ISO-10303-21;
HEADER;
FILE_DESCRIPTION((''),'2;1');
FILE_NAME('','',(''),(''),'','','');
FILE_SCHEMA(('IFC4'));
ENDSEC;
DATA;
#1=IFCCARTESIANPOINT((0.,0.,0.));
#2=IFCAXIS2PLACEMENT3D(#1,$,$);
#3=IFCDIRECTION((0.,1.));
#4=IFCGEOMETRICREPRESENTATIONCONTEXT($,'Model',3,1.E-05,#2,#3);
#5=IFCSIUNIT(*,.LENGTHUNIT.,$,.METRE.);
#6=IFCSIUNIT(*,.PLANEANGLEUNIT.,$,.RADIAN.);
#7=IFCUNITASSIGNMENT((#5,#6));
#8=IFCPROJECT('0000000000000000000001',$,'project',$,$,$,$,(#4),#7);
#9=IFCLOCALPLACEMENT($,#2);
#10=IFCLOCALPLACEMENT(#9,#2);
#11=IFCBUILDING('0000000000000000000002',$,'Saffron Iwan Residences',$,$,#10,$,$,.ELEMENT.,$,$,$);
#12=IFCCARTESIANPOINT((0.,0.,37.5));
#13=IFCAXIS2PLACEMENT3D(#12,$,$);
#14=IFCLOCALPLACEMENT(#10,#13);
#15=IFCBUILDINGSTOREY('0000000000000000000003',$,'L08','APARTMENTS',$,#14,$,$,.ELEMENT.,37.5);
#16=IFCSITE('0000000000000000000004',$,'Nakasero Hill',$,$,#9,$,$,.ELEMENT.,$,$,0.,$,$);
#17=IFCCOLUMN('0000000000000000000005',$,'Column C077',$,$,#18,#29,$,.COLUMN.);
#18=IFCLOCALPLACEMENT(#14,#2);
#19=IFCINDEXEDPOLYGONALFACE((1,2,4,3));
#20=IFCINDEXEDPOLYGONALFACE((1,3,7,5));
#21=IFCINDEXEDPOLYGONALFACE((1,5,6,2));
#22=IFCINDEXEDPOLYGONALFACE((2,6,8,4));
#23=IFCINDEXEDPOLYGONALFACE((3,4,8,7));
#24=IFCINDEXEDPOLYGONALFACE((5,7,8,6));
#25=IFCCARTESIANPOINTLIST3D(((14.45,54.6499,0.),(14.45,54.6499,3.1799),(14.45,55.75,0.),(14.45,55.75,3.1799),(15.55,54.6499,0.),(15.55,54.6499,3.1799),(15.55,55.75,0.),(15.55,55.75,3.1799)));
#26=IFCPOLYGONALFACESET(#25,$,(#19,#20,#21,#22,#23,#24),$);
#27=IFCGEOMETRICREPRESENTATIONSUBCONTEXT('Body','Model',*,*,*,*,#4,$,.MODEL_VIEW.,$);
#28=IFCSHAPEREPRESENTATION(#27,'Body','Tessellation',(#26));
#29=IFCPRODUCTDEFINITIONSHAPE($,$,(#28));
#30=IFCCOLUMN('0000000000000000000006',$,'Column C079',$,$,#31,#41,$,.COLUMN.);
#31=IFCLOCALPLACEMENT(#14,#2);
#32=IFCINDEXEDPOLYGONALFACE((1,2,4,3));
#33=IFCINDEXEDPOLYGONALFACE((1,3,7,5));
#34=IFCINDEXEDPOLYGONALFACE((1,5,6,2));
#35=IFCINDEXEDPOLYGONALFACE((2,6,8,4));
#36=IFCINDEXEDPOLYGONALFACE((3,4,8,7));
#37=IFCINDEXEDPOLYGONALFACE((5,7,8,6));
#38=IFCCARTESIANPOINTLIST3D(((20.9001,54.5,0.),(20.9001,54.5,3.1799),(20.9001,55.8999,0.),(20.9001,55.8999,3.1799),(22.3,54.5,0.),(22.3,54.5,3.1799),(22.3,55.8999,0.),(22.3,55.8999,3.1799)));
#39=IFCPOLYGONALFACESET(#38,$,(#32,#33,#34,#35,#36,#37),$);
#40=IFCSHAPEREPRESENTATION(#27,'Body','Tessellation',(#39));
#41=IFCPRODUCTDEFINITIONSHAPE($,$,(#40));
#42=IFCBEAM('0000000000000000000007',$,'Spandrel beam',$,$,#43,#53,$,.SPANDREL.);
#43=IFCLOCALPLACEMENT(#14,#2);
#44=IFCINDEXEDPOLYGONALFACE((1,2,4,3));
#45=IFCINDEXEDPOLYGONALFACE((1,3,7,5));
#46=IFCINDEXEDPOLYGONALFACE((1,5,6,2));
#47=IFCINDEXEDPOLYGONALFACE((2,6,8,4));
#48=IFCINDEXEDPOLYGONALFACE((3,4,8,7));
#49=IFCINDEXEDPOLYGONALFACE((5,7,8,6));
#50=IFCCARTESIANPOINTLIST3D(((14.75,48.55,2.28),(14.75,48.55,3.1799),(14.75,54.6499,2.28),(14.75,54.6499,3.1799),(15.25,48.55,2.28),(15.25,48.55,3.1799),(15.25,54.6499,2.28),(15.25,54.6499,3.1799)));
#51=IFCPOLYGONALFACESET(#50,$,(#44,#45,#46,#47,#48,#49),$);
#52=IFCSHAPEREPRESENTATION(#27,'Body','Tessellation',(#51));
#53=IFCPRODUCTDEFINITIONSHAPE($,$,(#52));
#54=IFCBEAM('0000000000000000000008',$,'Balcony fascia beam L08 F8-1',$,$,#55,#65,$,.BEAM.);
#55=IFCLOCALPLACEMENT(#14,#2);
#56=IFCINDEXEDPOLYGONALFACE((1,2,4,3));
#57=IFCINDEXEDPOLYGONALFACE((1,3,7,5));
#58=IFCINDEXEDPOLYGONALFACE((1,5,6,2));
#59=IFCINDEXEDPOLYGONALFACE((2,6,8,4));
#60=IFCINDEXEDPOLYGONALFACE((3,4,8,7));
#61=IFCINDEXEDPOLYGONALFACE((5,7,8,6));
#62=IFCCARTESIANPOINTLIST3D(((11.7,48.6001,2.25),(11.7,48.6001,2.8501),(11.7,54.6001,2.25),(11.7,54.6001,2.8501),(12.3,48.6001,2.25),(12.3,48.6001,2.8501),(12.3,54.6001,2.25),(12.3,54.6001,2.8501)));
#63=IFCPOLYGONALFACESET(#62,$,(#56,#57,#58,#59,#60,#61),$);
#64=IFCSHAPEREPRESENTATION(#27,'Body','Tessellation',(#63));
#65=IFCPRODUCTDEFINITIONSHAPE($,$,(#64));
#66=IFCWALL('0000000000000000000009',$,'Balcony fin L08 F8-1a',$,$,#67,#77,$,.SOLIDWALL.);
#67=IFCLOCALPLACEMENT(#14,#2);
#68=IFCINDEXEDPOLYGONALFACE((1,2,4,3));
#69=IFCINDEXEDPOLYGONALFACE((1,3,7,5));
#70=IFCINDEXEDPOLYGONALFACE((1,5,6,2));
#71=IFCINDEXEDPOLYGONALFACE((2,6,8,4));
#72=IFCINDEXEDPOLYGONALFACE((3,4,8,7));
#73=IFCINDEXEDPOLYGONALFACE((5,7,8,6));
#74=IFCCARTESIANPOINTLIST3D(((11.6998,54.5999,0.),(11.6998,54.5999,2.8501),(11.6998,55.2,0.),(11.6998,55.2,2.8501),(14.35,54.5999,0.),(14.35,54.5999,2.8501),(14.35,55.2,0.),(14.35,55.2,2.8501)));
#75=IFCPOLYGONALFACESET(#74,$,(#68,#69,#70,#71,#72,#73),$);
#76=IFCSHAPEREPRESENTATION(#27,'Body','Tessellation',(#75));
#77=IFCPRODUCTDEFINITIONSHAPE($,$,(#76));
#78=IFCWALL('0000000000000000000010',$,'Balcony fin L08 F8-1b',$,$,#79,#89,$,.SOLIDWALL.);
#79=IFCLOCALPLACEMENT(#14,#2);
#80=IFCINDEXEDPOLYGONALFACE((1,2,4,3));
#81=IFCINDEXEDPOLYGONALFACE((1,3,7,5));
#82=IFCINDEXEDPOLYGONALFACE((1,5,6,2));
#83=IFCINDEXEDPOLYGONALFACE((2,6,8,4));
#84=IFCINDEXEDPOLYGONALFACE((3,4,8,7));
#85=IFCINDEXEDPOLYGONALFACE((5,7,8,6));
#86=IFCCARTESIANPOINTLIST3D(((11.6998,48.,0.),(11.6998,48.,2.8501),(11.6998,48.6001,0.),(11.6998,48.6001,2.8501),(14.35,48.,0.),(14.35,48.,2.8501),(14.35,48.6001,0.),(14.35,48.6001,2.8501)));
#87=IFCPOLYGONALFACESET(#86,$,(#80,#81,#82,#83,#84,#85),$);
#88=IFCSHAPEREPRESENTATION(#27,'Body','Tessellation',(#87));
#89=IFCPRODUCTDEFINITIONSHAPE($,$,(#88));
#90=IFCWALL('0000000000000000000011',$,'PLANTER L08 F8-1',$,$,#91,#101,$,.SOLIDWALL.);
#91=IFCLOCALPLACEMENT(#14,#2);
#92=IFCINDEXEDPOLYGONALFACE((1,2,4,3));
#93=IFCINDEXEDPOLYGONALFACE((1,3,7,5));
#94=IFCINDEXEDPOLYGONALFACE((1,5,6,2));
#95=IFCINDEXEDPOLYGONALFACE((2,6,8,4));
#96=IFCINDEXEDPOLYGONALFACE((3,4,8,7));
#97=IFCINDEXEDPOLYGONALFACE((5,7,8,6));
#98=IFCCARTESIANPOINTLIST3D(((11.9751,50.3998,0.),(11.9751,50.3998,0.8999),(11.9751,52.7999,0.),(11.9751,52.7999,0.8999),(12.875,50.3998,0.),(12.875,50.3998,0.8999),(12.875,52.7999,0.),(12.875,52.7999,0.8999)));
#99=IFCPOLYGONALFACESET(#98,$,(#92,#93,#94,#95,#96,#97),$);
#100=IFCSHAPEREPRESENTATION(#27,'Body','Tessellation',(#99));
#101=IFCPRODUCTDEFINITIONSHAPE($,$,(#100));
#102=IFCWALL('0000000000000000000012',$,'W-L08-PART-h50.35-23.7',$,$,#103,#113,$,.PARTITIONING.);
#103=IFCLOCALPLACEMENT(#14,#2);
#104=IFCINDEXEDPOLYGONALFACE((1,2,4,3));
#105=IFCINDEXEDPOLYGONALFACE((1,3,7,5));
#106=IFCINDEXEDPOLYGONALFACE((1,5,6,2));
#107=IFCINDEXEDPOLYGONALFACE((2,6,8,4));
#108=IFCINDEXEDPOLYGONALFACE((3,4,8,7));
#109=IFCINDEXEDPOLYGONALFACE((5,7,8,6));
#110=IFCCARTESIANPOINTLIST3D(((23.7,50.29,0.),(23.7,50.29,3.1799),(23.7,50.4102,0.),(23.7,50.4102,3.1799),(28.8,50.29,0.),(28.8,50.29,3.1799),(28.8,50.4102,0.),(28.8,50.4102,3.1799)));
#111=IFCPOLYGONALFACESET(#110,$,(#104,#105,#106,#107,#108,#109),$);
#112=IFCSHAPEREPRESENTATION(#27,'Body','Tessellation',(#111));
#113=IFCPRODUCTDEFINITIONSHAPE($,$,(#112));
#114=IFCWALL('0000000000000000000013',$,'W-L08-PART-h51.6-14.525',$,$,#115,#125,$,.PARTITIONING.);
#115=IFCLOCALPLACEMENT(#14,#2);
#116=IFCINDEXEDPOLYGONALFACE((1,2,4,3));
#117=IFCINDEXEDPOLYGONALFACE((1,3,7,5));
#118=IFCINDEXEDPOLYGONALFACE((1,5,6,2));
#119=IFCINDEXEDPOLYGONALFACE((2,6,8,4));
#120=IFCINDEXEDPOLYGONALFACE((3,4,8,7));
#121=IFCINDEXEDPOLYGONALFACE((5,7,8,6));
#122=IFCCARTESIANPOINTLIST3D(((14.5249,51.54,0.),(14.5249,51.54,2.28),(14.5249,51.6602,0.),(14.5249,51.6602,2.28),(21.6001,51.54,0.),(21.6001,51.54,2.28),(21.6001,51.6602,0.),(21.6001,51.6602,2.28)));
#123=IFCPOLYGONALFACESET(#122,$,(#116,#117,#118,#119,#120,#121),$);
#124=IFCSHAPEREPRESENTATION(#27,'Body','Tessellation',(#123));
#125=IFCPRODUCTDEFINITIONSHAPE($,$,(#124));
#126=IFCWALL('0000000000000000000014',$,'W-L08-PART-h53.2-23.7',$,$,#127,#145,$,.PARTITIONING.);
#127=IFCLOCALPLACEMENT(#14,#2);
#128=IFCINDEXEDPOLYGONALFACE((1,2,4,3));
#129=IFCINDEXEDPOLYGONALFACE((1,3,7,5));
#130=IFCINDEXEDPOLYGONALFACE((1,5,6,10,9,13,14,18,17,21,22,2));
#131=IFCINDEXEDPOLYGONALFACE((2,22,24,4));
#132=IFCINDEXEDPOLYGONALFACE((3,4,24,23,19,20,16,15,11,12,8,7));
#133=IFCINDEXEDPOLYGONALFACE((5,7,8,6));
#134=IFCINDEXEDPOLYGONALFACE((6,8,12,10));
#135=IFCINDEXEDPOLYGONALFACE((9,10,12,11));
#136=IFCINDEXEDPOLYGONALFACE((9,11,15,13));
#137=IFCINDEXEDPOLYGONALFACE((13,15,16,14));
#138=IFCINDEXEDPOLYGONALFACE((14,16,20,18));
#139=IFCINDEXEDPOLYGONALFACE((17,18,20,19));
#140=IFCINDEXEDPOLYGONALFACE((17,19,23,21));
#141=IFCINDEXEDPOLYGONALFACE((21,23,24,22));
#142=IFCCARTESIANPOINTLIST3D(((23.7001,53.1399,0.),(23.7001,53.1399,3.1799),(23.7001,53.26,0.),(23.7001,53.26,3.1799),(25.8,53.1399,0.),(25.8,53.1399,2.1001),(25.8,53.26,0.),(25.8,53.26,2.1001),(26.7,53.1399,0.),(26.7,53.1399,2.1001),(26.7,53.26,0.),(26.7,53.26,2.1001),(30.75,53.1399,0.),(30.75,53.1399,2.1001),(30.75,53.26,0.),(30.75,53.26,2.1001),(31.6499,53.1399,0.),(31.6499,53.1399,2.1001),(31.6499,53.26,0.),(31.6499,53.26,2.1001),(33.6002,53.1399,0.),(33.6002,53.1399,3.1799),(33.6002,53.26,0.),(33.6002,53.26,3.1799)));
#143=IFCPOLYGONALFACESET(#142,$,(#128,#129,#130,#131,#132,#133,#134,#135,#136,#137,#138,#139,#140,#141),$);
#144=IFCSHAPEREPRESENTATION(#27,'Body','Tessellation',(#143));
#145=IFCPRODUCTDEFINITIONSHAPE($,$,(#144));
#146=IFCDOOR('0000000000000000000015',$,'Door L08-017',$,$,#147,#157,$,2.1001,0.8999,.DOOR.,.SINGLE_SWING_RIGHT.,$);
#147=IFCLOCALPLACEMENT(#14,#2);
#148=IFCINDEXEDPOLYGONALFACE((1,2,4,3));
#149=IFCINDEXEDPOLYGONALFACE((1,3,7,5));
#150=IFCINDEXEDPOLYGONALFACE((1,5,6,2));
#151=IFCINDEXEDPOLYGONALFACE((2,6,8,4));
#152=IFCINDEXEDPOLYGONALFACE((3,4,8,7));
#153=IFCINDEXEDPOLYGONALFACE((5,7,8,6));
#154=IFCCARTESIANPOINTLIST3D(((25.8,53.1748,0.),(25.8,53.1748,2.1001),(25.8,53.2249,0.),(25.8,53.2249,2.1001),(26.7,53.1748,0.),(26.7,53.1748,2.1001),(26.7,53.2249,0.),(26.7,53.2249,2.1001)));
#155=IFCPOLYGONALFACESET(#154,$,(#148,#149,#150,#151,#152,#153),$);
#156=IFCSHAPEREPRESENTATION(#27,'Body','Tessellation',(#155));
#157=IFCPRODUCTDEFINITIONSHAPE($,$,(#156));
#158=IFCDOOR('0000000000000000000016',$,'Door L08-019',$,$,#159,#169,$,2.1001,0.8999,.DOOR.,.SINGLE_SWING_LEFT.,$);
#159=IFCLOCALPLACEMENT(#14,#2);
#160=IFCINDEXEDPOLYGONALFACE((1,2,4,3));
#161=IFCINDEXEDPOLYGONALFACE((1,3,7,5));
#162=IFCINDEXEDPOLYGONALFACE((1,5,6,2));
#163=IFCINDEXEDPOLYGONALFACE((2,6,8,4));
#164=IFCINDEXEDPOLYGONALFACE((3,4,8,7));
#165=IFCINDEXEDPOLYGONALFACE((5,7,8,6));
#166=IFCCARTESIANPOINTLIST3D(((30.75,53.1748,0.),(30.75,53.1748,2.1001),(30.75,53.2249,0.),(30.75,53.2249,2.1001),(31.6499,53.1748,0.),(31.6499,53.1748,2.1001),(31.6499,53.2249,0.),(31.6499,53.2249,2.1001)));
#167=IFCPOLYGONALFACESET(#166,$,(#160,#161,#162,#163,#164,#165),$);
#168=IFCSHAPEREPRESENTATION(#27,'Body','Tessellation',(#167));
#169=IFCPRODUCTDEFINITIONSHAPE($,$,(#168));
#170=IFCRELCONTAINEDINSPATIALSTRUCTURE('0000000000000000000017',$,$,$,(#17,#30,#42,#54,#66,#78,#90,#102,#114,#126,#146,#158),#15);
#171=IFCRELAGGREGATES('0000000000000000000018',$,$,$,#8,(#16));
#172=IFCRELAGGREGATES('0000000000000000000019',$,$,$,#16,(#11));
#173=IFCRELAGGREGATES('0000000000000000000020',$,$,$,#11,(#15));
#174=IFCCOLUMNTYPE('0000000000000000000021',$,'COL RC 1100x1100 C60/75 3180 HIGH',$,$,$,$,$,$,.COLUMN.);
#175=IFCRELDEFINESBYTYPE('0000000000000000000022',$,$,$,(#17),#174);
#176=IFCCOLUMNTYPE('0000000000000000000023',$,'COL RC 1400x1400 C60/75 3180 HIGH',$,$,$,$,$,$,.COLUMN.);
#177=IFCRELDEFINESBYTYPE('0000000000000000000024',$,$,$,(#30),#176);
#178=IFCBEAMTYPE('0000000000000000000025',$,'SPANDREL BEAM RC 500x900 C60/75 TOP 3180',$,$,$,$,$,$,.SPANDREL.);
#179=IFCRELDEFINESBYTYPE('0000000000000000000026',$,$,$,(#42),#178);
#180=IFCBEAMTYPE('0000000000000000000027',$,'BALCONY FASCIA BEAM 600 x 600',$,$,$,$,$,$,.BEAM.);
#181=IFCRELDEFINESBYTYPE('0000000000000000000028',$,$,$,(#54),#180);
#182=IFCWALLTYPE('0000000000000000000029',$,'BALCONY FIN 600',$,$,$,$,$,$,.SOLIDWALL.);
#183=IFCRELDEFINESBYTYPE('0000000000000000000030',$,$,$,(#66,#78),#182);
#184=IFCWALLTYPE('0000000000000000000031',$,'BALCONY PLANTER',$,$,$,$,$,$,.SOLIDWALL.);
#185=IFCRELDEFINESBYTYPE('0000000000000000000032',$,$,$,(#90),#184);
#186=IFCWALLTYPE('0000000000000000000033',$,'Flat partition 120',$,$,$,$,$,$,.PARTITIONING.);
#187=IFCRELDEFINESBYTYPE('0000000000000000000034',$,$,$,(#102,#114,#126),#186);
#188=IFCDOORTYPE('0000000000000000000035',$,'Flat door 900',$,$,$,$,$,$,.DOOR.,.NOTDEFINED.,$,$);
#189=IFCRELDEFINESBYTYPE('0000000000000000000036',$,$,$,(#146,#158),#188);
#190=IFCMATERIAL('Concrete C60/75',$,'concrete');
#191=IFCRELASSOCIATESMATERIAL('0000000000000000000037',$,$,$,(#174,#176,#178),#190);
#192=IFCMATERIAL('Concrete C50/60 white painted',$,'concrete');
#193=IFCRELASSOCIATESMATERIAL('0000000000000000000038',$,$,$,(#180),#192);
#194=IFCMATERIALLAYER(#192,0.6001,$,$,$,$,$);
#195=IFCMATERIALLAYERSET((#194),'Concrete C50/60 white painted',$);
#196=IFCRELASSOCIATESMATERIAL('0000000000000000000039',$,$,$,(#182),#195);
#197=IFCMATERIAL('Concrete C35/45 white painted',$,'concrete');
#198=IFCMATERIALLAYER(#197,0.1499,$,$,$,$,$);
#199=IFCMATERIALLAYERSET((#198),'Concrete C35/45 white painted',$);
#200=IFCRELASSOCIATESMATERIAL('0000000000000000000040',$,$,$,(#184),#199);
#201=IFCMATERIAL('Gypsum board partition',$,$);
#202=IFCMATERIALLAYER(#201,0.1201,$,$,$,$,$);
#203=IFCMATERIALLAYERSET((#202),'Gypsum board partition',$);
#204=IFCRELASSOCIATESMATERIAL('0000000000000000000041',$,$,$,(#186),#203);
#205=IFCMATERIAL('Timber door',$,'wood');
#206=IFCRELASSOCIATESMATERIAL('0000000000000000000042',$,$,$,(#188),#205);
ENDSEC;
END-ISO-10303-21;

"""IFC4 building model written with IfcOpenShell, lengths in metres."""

from ifc_helpers import new_model, si_unit, direction, frame, frame_2d, origin, origin_2d, place, context, subcontext, project, spatial, rectangle, extrude, source, transform, mapped, material, layer, layer_set, material_profile, profile_set, type_object, element, fill, save


model = new_model("IFC4")

# Units and contexts
model_context = context("Model", 3, precision=1e-05, world=origin(), true_north=direction((0.0, 1.0)))
body_context = subcontext(model_context, "Body", "Model", "MODEL_VIEW")
ifc_project = project(units=[si_unit("LENGTHUNIT", "METRE"), si_unit("PLANEANGLEUNIT", "RADIAN")], contexts=[model_context])

# Site, building, storey
site_placement = place(None, origin())
site = spatial("IfcSite", under=ifc_project, at=site_placement, Name="Nakasero Hill", CompositionType="ELEMENT", RefElevation=0.0)
building_placement = place(site_placement, origin())
building = spatial("IfcBuilding", under=site, at=building_placement, Name="Saffron Iwan Residences", CompositionType="ELEMENT")
storey_placement = place(building_placement, frame((0.0, 0.0, 37.5)))
storey = spatial("IfcBuildingStorey", under=building, at=storey_placement, Name="L08", Description="APARTMENTS", CompositionType="ELEMENT", Elevation=37.5)

# Columns
ifc_material_1 = material(Name="Concrete C60/75", Category="concrete")
ifc_material_profile_1 = material_profile(ifc_material_1, rectangle(XDim=1.1001, YDim=1.1001, at=origin_2d()), Name="RC 1100x1100")
ifc_profile_set_1 = profile_set([ifc_material_profile_1], Name="Concrete C60/75")
column_type_1 = type_object("IfcColumnType", Name="COL RC 1100x1100 C60/75 3180 HIGH", PredefinedType="COLUMN", material=ifc_profile_set_1)
shared_shape_1 = source(origin(), body_context, "Body", "SweptSolid", [
    extrude(rectangle(XDim=1.1001, YDim=1.1001, at=origin_2d()), origin(), (0.0, 0.0, 1.0), 3.1799),
])
column_1_placement = place(storey_placement, frame((15.0, 55.2, 0.0), z_axis=(0.0, 0.0, 1.0), x_axis=(1.0, 0.0, 0.0)))
element("IfcColumn", 1, at=column_1_placement, inside=storey, type_object=column_type_1, Name="Column C077", PredefinedType="COLUMN", context=body_context, shape_type="MappedRepresentation", body=[
    mapped(shared_shape_1, transform((0.0, 0.0, 0.0))),
])
ifc_material_profile_2 = material_profile(ifc_material_1, rectangle(XDim=1.3999, YDim=1.3999, at=origin_2d()), Name="RC 1400x1400")
ifc_profile_set_2 = profile_set([ifc_material_profile_2], Name="Concrete C60/75")
column_type_2 = type_object("IfcColumnType", Name="COL RC 1400x1400 C60/75 3180 HIGH", PredefinedType="COLUMN", material=ifc_profile_set_2)
shared_shape_2 = source(origin(), body_context, "Body", "SweptSolid", [
    extrude(rectangle(XDim=1.3999, YDim=1.3999, at=origin_2d()), origin(), (0.0, 0.0, 1.0), 3.1799),
])
column_2_placement = place(storey_placement, frame((21.6001, 55.2, 0.0), z_axis=(0.0, 0.0, 1.0), x_axis=(1.0, 0.0, 0.0)))
element("IfcColumn", 2, at=column_2_placement, inside=storey, type_object=column_type_2, Name="Column C079", PredefinedType="COLUMN", context=body_context, shape_type="MappedRepresentation", body=[
    mapped(shared_shape_2, transform((0.0, 0.0, 0.0))),
])

# Beams
ifc_material_profile_3 = material_profile(ifc_material_1, rectangle(XDim=0.5, YDim=0.8999, at=origin_2d()), Name="RC 500x900")
ifc_profile_set_3 = profile_set([ifc_material_profile_3], Name="Concrete C60/75")
beam_type_1 = type_object("IfcBeamType", Name="SPANDREL BEAM RC 500x900 C60/75 TOP 3180", PredefinedType="SPANDREL", material=ifc_profile_set_3)
shared_shape_3 = source(origin(), body_context, "Body", "SweptSolid", [
    extrude(rectangle(XDim=0.5, YDim=0.8999, at=origin_2d()), origin(), (0.0, 0.0, 1.0), 6.0999),
])
beam_1_placement = place(storey_placement, frame((15.0, 48.55, 2.73), z_axis=(0.0, 1.0, 0.0), x_axis=(-1.0, 0.0, 0.0)))
element("IfcBeam", 3, at=beam_1_placement, inside=storey, type_object=beam_type_1, Name="Spandrel beam", PredefinedType="SPANDREL", context=body_context, shape_type="MappedRepresentation", body=[
    mapped(shared_shape_3, transform((0.0, 0.0, 0.0))),
])
ifc_material_2 = material(Name="Concrete C50/60 white painted", Category="concrete")
ifc_material_profile_4 = material_profile(ifc_material_2, rectangle(XDim=0.6001, YDim=0.6001, at=origin_2d()), Name="BALCONY FASCIA BEAM 600 x 600")
ifc_profile_set_4 = profile_set([ifc_material_profile_4], Name="Concrete C50/60 white painted")
beam_type_2 = type_object("IfcBeamType", Name="BALCONY FASCIA BEAM 600 x 600", PredefinedType="BEAM", material=ifc_profile_set_4)
shared_shape_4 = source(origin(), body_context, "Body", "SweptSolid", [
    extrude(rectangle(XDim=0.6001, YDim=0.6001, at=origin_2d()), origin(), (0.0, 0.0, 1.0), 6.0),
])
beam_2_placement = place(storey_placement, frame((12.0, 54.6001, 2.55), z_axis=(0.0, -1.0, 0.0), x_axis=(1.0, 0.0, 0.0)))
element("IfcBeam", 4, at=beam_2_placement, inside=storey, type_object=beam_type_2, Name="Balcony fascia beam L08 F8-1", PredefinedType="BEAM", context=body_context, shape_type="MappedRepresentation", body=[
    mapped(shared_shape_4, transform((0.0, 0.0, 0.0))),
])

# Walls
ifc_layer_1 = layer(ifc_material_2, 0.6001)
ifc_layer_set_1 = layer_set([ifc_layer_1], Name="Concrete C50/60 white painted")
wall_type_1 = type_object("IfcWallType", Name="BALCONY FIN 600", PredefinedType="SOLIDWALL", material=ifc_layer_set_1)
for number, where, z_axis, x_axis, name in (
    (5, (14.3501, 54.8999, 0.0), (0.0, 0.0, 1.0), (-1.0, 0.0, 0.0), "Balcony fin L08 F8-1a"),
    (6, (14.3501, 48.3, 0.0), (0.0, 0.0, 1.0), (-1.0, 0.0, 0.0), "Balcony fin L08 F8-1b"),
):
    element("IfcWall", number, at=place(storey_placement, frame(where, z_axis=z_axis, x_axis=x_axis)), inside=storey, type_object=wall_type_1, Name=name, PredefinedType="SOLIDWALL", context=body_context, shape_type="SweptSolid", body=[
        extrude(rectangle(XDim=2.6501, YDim=0.6001, at=frame_2d((1.3252, 0.0))), origin(), (0.0, 0.0, 1.0), 2.8501),
    ])
ifc_material_3 = material(Name="Concrete C35/45 white painted", Category="concrete")
ifc_layer_2 = layer(ifc_material_3, 0.1499)
ifc_layer_set_2 = layer_set([ifc_layer_2], Name="Concrete C35/45 white painted")
wall_type_2 = type_object("IfcWallType", Name="BALCONY PLANTER", PredefinedType="SOLIDWALL", material=ifc_layer_set_2)
wall_1_placement = place(storey_placement, frame((12.425, 52.8, 0.0), z_axis=(0.0, 0.0, 1.0), x_axis=(0.0, -1.0, 0.0)))
element("IfcWall", 7, at=wall_1_placement, inside=storey, type_object=wall_type_2, Name="PLANTER L08 F8-1", PredefinedType="SOLIDWALL", context=body_context, shape_type="SweptSolid", body=[
    extrude(rectangle(XDim=2.4001, YDim=0.8999, at=frame_2d((1.2002, 0.0))), origin(), (0.0, 0.0, 1.0), 0.8999),
])

# Walls
ifc_material_4 = material(Name="Gypsum board partition")
ifc_layer_3 = layer(ifc_material_4, 0.1201)
ifc_layer_set_3 = layer_set([ifc_layer_3], Name="Gypsum board partition")
wall_type_3 = type_object("IfcWallType", Name="Flat partition 120", PredefinedType="PARTITIONING", material=ifc_layer_set_3)
wall_2_placement = place(storey_placement, frame((23.7, 50.3501, 0.0), z_axis=(0.0, 0.0, 1.0), x_axis=(1.0, 0.0, 0.0)))
element("IfcWall", 8, at=wall_2_placement, inside=storey, type_object=wall_type_3, Name="W-L08-PART-h50.35-23.7", PredefinedType="PARTITIONING", context=body_context, shape_type="SweptSolid", body=[
    extrude(rectangle(XDim=5.1001, YDim=0.1201, at=frame_2d((2.55, 0.0))), origin(), (0.0, 0.0, 1.0), 3.1799),
])
wall_3_placement = place(storey_placement, frame((14.5249, 51.6001, 0.0), z_axis=(0.0, 0.0, 1.0), x_axis=(1.0, 0.0, 0.0)))
element("IfcWall", 9, at=wall_3_placement, inside=storey, type_object=wall_type_3, Name="W-L08-PART-h51.6-14.525", PredefinedType="PARTITIONING", context=body_context, shape_type="SweptSolid", body=[
    extrude(rectangle(XDim=7.0752, YDim=0.1201, at=frame_2d((3.5376, 0.0))), origin(), (0.0, 0.0, 1.0), 2.28),
])

# Wall, openings, doors
wall_4_placement = place(storey_placement, frame((23.7, 53.2, 0.0), z_axis=(0.0, 0.0, 1.0), x_axis=(1.0, 0.0, 0.0)))
wall_4 = element("IfcWall", 10, at=wall_4_placement, inside=storey, type_object=wall_type_3, Name="W-L08-PART-h53.2-23.7", PredefinedType="PARTITIONING", context=body_context, shape_type="SweptSolid", body=[
    extrude(rectangle(XDim=9.9001, YDim=0.1201, at=frame_2d((4.9502, 0.0))), origin(), (0.0, 0.0, 1.0), 3.1799),
])
opening_1_placement = place(wall_4_placement, frame((2.1001, 0.0, 0.0)))
opening_1 = element("IfcOpeningElement", 11, at=opening_1_placement, cuts=wall_4, PredefinedType="OPENING", context=body_context, shape_type="SweptSolid", body=[
    extrude(rectangle(XDim=0.8999, YDim=2.1001, at=frame_2d((0.45, 1.05))), frame((0.0, 0.0701, 0.0), z_axis=(0.0, -1.0, 0.0), x_axis=(1.0, 0.0, 0.0)), (0.0, 0.0, 1.0), 0.1401),
])
opening_2_placement = place(wall_4_placement, frame((7.05, 0.0, 0.0)))
opening_2 = element("IfcOpeningElement", 12, at=opening_2_placement, cuts=wall_4, PredefinedType="OPENING", context=body_context, shape_type="SweptSolid", body=[
    extrude(rectangle(XDim=0.8999, YDim=2.1001, at=frame_2d((0.45, 1.05))), frame((0.0, 0.0701, 0.0), z_axis=(0.0, -1.0, 0.0), x_axis=(1.0, 0.0, 0.0)), (0.0, 0.0, 1.0), 0.1401),
])
ifc_material_5 = material(Name="Timber door", Category="wood")
door_type_1 = type_object("IfcDoorType", Name="Flat door 900", OperationType="NOTDEFINED", PredefinedType="DOOR", material=ifc_material_5)
door_1_placement = place(opening_1_placement, origin())
door_1 = element("IfcDoor", 13, at=door_1_placement, inside=storey, type_object=door_type_1, Name="Door L08-017", OperationType="SINGLE_SWING_RIGHT", OverallHeight=2.1001, OverallWidth=0.8999, PredefinedType="DOOR", context=body_context, shape_type="SweptSolid", body=[
    extrude(rectangle(XDim=0.8999, YDim=2.1001, at=frame_2d((0.45, 1.05))), frame((0.0, 0.0249, 0.0), z_axis=(0.0, -1.0, 0.0), x_axis=(1.0, 0.0, 0.0)), (0.0, 0.0, 1.0), 0.05),
])
fill(opening_1, door_1)
door_2_placement = place(opening_2_placement, origin())
door_2 = element("IfcDoor", 14, at=door_2_placement, inside=storey, type_object=door_type_1, Name="Door L08-019", OperationType="SINGLE_SWING_LEFT", OverallHeight=2.1001, OverallWidth=0.8999, PredefinedType="DOOR", context=body_context, shape_type="SweptSolid", body=[
    extrude(rectangle(XDim=0.8999, YDim=2.1001, at=frame_2d((0.45, 1.05))), frame((0.0, 0.0249, 0.0), z_axis=(0.0, -1.0, 0.0), x_axis=(1.0, 0.0, 0.0)), (0.0, 0.0, 1.0), 0.05),
])
fill(opening_2, door_2)

save(model, "model.ifc")
